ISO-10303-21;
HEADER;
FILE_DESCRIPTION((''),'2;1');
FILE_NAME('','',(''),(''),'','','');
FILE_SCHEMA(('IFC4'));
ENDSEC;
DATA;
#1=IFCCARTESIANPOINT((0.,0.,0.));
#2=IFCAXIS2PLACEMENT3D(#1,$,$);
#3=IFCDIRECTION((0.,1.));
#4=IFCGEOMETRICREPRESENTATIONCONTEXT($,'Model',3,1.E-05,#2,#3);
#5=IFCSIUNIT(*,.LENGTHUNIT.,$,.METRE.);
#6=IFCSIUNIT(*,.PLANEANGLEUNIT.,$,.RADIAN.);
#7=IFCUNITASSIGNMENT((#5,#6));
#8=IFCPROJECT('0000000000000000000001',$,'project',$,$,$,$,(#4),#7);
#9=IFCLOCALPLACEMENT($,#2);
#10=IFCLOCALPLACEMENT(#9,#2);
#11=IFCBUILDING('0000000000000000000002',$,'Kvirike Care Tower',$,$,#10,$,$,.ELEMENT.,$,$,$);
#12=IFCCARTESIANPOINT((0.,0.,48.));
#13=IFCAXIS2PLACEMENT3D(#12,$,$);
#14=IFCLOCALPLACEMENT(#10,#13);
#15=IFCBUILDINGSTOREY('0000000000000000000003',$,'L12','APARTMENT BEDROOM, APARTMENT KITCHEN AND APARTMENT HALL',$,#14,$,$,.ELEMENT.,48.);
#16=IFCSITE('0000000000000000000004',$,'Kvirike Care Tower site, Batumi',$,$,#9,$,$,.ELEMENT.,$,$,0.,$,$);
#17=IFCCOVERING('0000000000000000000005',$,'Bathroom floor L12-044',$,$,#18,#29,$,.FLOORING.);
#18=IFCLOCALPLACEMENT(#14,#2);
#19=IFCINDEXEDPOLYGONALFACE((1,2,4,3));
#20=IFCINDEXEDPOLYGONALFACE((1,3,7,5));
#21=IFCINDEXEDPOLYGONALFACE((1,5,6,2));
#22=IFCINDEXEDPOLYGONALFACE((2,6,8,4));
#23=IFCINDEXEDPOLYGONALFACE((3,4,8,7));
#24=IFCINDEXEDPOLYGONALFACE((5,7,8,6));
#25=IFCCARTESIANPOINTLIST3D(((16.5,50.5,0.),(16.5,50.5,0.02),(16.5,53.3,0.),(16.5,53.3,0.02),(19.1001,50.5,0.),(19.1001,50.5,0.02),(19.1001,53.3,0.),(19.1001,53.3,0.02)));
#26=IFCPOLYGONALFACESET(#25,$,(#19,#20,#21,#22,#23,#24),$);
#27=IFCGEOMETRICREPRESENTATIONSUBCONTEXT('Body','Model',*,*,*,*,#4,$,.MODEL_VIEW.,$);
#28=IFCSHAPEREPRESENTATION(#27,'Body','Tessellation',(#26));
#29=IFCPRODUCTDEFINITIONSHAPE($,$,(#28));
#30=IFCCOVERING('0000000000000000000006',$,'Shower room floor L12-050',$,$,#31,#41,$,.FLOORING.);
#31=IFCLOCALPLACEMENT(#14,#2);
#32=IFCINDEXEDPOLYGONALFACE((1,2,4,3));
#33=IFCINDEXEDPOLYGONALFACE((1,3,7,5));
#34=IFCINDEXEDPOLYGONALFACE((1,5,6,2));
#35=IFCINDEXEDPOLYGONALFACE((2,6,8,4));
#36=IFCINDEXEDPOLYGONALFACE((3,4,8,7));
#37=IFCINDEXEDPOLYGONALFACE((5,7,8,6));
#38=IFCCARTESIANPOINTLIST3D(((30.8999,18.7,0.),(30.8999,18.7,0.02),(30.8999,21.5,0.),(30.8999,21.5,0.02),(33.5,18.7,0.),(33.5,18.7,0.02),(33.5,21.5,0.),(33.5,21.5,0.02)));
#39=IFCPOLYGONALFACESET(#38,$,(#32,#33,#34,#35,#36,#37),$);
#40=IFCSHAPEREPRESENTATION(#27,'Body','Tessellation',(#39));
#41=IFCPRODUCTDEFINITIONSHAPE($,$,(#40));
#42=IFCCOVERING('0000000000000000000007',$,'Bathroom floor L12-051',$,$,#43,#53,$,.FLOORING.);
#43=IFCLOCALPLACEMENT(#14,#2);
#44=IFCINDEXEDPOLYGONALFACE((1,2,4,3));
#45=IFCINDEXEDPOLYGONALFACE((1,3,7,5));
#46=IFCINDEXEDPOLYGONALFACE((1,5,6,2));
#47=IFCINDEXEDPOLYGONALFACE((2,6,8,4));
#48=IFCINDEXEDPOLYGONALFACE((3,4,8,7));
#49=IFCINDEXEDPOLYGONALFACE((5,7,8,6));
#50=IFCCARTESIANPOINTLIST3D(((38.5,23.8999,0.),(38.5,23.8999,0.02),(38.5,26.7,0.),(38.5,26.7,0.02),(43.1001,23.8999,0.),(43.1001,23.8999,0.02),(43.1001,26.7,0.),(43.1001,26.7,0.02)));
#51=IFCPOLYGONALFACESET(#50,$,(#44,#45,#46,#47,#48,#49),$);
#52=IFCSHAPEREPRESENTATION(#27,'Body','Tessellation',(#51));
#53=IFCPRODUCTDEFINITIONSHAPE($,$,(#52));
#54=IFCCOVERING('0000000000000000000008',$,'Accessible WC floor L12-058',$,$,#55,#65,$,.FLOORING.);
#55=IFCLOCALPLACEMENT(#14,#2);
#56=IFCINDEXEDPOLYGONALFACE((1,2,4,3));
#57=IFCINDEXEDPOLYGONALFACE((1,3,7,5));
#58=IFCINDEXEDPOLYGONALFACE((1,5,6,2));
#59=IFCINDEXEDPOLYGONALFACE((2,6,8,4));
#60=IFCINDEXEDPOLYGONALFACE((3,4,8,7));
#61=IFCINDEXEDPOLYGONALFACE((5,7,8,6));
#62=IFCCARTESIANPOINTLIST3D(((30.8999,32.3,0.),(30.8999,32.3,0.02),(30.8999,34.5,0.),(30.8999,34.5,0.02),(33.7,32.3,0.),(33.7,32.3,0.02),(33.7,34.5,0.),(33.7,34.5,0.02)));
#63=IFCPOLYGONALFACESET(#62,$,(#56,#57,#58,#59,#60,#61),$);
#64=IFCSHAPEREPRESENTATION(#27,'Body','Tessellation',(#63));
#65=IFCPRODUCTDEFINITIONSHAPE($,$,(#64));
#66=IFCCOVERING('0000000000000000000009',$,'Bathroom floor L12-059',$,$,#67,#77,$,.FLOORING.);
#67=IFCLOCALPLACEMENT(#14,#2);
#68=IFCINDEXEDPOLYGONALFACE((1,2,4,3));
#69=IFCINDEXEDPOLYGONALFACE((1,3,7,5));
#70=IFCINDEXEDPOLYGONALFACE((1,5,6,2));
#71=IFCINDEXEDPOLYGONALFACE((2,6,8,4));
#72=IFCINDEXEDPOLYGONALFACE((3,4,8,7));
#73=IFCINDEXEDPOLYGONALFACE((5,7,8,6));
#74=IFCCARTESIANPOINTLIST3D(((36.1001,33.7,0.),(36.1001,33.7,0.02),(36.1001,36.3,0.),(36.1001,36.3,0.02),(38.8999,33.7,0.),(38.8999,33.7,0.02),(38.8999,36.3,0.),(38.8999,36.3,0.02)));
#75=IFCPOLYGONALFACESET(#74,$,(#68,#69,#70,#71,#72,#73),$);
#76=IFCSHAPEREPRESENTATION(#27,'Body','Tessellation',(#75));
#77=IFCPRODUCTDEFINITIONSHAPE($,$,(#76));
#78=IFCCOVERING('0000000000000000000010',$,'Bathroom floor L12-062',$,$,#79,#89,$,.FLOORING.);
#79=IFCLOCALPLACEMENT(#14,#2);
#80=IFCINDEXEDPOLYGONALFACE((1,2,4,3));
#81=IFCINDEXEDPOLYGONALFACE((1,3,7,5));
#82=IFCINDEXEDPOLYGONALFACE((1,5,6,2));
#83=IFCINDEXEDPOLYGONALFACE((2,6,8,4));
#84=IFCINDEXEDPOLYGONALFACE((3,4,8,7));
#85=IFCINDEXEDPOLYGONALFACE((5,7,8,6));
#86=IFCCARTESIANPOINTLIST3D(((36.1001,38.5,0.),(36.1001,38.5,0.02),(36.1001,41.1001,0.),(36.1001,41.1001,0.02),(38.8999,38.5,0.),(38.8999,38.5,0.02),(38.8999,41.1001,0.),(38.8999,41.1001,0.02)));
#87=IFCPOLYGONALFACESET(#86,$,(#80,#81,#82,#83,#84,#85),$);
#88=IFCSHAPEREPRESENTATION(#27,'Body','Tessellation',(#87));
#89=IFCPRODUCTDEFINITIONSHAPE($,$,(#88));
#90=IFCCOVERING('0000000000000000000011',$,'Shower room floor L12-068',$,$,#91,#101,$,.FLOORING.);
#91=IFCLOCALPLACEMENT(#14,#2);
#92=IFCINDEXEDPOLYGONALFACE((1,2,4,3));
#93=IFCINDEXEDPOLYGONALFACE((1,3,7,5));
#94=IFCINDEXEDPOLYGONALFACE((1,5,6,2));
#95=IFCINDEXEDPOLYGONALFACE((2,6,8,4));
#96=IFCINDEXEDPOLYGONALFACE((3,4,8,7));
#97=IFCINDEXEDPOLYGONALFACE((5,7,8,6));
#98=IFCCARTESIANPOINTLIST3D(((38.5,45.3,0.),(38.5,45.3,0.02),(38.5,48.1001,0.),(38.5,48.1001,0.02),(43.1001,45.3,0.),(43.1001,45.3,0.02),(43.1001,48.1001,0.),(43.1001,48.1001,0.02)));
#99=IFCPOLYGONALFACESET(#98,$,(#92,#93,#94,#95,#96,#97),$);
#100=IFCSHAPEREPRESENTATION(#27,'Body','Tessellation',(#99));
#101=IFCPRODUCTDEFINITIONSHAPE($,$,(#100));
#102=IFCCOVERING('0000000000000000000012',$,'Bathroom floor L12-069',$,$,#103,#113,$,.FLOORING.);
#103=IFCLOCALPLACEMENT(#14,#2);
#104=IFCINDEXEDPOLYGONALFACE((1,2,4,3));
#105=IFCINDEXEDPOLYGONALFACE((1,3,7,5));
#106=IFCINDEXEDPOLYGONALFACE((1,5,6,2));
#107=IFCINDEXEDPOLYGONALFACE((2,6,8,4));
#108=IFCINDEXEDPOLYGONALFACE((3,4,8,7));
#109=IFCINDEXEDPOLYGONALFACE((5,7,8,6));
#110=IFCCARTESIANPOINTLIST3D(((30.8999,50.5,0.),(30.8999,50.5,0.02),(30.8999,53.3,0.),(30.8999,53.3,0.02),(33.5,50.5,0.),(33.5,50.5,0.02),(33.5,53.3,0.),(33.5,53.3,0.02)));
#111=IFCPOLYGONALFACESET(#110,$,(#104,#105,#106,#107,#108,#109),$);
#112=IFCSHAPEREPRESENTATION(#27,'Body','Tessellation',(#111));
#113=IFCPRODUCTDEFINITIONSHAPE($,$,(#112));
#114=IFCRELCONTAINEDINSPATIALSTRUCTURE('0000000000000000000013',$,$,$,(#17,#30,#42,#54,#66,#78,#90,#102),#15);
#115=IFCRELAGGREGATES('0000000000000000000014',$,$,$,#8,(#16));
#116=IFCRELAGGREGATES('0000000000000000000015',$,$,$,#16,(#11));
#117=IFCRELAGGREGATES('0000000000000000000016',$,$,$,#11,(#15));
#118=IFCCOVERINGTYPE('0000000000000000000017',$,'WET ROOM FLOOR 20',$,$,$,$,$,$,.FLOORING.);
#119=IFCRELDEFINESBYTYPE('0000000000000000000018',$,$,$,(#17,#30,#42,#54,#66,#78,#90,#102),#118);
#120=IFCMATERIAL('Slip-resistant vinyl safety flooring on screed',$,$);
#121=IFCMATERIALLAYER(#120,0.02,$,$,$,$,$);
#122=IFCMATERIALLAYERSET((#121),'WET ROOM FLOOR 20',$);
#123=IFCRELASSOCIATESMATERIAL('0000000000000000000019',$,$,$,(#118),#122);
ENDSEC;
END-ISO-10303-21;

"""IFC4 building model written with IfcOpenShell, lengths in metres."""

from ifc_helpers import new_model, si_unit, direction, frame, origin, place, context, subcontext, project, spatial, polyline, outline, extrude, material, layer, layer_set, type_object, element, save


model = new_model("IFC4")

# Units and contexts
model_context = context("Model", 3, precision=1e-05, world=origin(), true_north=direction((0.0, 1.0)))
body_context = subcontext(model_context, "Body", "Model", "MODEL_VIEW")
ifc_project = project(units=[si_unit("LENGTHUNIT", "METRE"), si_unit("PLANEANGLEUNIT", "RADIAN")], contexts=[model_context])

# Site, building, storey
site_placement = place(None, origin())
site = spatial("IfcSite", under=ifc_project, at=site_placement, Name="Kvirike Care Tower site, Batumi", CompositionType="ELEMENT", RefElevation=0.0)
building_placement = place(site_placement, origin())
building = spatial("IfcBuilding", under=site, at=building_placement, Name="Kvirike Care Tower", CompositionType="ELEMENT")
storey_placement = place(building_placement, frame((0.0, 0.0, 48.0)))
storey = spatial("IfcBuildingStorey", under=building, at=storey_placement, Name="L12", Description="APARTMENT BEDROOM, APARTMENT KITCHEN AND APARTMENT HALL", CompositionType="ELEMENT", Elevation=48.0)

# Coverings
ifc_material_1 = material(Name="Slip-resistant vinyl safety flooring on screed")
ifc_layer_1 = layer(ifc_material_1, 0.02)
ifc_layer_set_1 = layer_set([ifc_layer_1], Name="WET ROOM FLOOR 20")
covering_type = type_object("IfcCoveringType", Name="WET ROOM FLOOR 20", PredefinedType="FLOORING", material=ifc_layer_set_1)
covering_1_placement = place(storey_placement, origin())
element("IfcCovering", 1, at=covering_1_placement, inside=storey, type_object=covering_type, Name="Bathroom floor L12-044", PredefinedType="FLOORING", context=body_context, shape_type="SweptSolid", body=[
    extrude(outline(polyline([(19.1001, 53.3), (19.1001, 50.5), (16.5, 50.5), (16.5, 53.3), (19.1001, 53.3)])), origin(), (0.0, 0.0, 1.0), 0.02),
])
covering_2_placement = place(storey_placement, origin())
element("IfcCovering", 2, at=covering_2_placement, inside=storey, type_object=covering_type, Name="Shower room floor L12-050", PredefinedType="FLOORING", context=body_context, shape_type="SweptSolid", body=[
    extrude(outline(polyline([(30.8999, 18.7), (30.8999, 21.5), (33.5, 21.5), (33.5, 18.7), (30.8999, 18.7)])), origin(), (0.0, 0.0, 1.0), 0.02),
])
covering_3_placement = place(storey_placement, origin())
element("IfcCovering", 3, at=covering_3_placement, inside=storey, type_object=covering_type, Name="Bathroom floor L12-051", PredefinedType="FLOORING", context=body_context, shape_type="SweptSolid", body=[
    extrude(outline(polyline([(38.5, 23.8999), (38.5, 26.7), (43.1001, 26.7), (43.1001, 23.8999), (38.5, 23.8999)])), origin(), (0.0, 0.0, 1.0), 0.02),
])
covering_4_placement = place(storey_placement, origin())
element("IfcCovering", 4, at=covering_4_placement, inside=storey, type_object=covering_type, Name="Accessible WC floor L12-058", PredefinedType="FLOORING", context=body_context, shape_type="SweptSolid", body=[
    extrude(outline(polyline([(33.7, 32.3), (30.8999, 32.3), (30.8999, 34.5), (33.7, 34.5), (33.7, 32.3)])), origin(), (0.0, 0.0, 1.0), 0.02),
])
covering_5_placement = place(storey_placement, origin())
element("IfcCovering", 5, at=covering_5_placement, inside=storey, type_object=covering_type, Name="Bathroom floor L12-059", PredefinedType="FLOORING", context=body_context, shape_type="SweptSolid", body=[
    extrude(outline(polyline([(38.8999, 33.7), (36.1001, 33.7), (36.1001, 36.3), (38.8999, 36.3), (38.8999, 33.7)])), origin(), (0.0, 0.0, 1.0), 0.02),
])
covering_6_placement = place(storey_placement, origin())
element("IfcCovering", 6, at=covering_6_placement, inside=storey, type_object=covering_type, Name="Bathroom floor L12-062", PredefinedType="FLOORING", context=body_context, shape_type="SweptSolid", body=[
    extrude(outline(polyline([(38.8999, 38.5), (36.1001, 38.5), (36.1001, 41.1001), (38.8999, 41.1001), (38.8999, 38.5)])), origin(), (0.0, 0.0, 1.0), 0.02),
])
covering_7_placement = place(storey_placement, origin())
element("IfcCovering", 7, at=covering_7_placement, inside=storey, type_object=covering_type, Name="Shower room floor L12-068", PredefinedType="FLOORING", context=body_context, shape_type="SweptSolid", body=[
    extrude(outline(polyline([(43.1001, 48.1001), (43.1001, 45.3), (38.5, 45.3), (38.5, 48.1001), (43.1001, 48.1001)])), origin(), (0.0, 0.0, 1.0), 0.02),
])
covering_8_placement = place(storey_placement, origin())
element("IfcCovering", 8, at=covering_8_placement, inside=storey, type_object=covering_type, Name="Bathroom floor L12-069", PredefinedType="FLOORING", context=body_context, shape_type="SweptSolid", body=[
    extrude(outline(polyline([(33.5, 53.3), (33.5, 50.5), (30.8999, 50.5), (30.8999, 53.3), (33.5, 53.3)])), origin(), (0.0, 0.0, 1.0), 0.02),
])

save(model, "model.ifc")
